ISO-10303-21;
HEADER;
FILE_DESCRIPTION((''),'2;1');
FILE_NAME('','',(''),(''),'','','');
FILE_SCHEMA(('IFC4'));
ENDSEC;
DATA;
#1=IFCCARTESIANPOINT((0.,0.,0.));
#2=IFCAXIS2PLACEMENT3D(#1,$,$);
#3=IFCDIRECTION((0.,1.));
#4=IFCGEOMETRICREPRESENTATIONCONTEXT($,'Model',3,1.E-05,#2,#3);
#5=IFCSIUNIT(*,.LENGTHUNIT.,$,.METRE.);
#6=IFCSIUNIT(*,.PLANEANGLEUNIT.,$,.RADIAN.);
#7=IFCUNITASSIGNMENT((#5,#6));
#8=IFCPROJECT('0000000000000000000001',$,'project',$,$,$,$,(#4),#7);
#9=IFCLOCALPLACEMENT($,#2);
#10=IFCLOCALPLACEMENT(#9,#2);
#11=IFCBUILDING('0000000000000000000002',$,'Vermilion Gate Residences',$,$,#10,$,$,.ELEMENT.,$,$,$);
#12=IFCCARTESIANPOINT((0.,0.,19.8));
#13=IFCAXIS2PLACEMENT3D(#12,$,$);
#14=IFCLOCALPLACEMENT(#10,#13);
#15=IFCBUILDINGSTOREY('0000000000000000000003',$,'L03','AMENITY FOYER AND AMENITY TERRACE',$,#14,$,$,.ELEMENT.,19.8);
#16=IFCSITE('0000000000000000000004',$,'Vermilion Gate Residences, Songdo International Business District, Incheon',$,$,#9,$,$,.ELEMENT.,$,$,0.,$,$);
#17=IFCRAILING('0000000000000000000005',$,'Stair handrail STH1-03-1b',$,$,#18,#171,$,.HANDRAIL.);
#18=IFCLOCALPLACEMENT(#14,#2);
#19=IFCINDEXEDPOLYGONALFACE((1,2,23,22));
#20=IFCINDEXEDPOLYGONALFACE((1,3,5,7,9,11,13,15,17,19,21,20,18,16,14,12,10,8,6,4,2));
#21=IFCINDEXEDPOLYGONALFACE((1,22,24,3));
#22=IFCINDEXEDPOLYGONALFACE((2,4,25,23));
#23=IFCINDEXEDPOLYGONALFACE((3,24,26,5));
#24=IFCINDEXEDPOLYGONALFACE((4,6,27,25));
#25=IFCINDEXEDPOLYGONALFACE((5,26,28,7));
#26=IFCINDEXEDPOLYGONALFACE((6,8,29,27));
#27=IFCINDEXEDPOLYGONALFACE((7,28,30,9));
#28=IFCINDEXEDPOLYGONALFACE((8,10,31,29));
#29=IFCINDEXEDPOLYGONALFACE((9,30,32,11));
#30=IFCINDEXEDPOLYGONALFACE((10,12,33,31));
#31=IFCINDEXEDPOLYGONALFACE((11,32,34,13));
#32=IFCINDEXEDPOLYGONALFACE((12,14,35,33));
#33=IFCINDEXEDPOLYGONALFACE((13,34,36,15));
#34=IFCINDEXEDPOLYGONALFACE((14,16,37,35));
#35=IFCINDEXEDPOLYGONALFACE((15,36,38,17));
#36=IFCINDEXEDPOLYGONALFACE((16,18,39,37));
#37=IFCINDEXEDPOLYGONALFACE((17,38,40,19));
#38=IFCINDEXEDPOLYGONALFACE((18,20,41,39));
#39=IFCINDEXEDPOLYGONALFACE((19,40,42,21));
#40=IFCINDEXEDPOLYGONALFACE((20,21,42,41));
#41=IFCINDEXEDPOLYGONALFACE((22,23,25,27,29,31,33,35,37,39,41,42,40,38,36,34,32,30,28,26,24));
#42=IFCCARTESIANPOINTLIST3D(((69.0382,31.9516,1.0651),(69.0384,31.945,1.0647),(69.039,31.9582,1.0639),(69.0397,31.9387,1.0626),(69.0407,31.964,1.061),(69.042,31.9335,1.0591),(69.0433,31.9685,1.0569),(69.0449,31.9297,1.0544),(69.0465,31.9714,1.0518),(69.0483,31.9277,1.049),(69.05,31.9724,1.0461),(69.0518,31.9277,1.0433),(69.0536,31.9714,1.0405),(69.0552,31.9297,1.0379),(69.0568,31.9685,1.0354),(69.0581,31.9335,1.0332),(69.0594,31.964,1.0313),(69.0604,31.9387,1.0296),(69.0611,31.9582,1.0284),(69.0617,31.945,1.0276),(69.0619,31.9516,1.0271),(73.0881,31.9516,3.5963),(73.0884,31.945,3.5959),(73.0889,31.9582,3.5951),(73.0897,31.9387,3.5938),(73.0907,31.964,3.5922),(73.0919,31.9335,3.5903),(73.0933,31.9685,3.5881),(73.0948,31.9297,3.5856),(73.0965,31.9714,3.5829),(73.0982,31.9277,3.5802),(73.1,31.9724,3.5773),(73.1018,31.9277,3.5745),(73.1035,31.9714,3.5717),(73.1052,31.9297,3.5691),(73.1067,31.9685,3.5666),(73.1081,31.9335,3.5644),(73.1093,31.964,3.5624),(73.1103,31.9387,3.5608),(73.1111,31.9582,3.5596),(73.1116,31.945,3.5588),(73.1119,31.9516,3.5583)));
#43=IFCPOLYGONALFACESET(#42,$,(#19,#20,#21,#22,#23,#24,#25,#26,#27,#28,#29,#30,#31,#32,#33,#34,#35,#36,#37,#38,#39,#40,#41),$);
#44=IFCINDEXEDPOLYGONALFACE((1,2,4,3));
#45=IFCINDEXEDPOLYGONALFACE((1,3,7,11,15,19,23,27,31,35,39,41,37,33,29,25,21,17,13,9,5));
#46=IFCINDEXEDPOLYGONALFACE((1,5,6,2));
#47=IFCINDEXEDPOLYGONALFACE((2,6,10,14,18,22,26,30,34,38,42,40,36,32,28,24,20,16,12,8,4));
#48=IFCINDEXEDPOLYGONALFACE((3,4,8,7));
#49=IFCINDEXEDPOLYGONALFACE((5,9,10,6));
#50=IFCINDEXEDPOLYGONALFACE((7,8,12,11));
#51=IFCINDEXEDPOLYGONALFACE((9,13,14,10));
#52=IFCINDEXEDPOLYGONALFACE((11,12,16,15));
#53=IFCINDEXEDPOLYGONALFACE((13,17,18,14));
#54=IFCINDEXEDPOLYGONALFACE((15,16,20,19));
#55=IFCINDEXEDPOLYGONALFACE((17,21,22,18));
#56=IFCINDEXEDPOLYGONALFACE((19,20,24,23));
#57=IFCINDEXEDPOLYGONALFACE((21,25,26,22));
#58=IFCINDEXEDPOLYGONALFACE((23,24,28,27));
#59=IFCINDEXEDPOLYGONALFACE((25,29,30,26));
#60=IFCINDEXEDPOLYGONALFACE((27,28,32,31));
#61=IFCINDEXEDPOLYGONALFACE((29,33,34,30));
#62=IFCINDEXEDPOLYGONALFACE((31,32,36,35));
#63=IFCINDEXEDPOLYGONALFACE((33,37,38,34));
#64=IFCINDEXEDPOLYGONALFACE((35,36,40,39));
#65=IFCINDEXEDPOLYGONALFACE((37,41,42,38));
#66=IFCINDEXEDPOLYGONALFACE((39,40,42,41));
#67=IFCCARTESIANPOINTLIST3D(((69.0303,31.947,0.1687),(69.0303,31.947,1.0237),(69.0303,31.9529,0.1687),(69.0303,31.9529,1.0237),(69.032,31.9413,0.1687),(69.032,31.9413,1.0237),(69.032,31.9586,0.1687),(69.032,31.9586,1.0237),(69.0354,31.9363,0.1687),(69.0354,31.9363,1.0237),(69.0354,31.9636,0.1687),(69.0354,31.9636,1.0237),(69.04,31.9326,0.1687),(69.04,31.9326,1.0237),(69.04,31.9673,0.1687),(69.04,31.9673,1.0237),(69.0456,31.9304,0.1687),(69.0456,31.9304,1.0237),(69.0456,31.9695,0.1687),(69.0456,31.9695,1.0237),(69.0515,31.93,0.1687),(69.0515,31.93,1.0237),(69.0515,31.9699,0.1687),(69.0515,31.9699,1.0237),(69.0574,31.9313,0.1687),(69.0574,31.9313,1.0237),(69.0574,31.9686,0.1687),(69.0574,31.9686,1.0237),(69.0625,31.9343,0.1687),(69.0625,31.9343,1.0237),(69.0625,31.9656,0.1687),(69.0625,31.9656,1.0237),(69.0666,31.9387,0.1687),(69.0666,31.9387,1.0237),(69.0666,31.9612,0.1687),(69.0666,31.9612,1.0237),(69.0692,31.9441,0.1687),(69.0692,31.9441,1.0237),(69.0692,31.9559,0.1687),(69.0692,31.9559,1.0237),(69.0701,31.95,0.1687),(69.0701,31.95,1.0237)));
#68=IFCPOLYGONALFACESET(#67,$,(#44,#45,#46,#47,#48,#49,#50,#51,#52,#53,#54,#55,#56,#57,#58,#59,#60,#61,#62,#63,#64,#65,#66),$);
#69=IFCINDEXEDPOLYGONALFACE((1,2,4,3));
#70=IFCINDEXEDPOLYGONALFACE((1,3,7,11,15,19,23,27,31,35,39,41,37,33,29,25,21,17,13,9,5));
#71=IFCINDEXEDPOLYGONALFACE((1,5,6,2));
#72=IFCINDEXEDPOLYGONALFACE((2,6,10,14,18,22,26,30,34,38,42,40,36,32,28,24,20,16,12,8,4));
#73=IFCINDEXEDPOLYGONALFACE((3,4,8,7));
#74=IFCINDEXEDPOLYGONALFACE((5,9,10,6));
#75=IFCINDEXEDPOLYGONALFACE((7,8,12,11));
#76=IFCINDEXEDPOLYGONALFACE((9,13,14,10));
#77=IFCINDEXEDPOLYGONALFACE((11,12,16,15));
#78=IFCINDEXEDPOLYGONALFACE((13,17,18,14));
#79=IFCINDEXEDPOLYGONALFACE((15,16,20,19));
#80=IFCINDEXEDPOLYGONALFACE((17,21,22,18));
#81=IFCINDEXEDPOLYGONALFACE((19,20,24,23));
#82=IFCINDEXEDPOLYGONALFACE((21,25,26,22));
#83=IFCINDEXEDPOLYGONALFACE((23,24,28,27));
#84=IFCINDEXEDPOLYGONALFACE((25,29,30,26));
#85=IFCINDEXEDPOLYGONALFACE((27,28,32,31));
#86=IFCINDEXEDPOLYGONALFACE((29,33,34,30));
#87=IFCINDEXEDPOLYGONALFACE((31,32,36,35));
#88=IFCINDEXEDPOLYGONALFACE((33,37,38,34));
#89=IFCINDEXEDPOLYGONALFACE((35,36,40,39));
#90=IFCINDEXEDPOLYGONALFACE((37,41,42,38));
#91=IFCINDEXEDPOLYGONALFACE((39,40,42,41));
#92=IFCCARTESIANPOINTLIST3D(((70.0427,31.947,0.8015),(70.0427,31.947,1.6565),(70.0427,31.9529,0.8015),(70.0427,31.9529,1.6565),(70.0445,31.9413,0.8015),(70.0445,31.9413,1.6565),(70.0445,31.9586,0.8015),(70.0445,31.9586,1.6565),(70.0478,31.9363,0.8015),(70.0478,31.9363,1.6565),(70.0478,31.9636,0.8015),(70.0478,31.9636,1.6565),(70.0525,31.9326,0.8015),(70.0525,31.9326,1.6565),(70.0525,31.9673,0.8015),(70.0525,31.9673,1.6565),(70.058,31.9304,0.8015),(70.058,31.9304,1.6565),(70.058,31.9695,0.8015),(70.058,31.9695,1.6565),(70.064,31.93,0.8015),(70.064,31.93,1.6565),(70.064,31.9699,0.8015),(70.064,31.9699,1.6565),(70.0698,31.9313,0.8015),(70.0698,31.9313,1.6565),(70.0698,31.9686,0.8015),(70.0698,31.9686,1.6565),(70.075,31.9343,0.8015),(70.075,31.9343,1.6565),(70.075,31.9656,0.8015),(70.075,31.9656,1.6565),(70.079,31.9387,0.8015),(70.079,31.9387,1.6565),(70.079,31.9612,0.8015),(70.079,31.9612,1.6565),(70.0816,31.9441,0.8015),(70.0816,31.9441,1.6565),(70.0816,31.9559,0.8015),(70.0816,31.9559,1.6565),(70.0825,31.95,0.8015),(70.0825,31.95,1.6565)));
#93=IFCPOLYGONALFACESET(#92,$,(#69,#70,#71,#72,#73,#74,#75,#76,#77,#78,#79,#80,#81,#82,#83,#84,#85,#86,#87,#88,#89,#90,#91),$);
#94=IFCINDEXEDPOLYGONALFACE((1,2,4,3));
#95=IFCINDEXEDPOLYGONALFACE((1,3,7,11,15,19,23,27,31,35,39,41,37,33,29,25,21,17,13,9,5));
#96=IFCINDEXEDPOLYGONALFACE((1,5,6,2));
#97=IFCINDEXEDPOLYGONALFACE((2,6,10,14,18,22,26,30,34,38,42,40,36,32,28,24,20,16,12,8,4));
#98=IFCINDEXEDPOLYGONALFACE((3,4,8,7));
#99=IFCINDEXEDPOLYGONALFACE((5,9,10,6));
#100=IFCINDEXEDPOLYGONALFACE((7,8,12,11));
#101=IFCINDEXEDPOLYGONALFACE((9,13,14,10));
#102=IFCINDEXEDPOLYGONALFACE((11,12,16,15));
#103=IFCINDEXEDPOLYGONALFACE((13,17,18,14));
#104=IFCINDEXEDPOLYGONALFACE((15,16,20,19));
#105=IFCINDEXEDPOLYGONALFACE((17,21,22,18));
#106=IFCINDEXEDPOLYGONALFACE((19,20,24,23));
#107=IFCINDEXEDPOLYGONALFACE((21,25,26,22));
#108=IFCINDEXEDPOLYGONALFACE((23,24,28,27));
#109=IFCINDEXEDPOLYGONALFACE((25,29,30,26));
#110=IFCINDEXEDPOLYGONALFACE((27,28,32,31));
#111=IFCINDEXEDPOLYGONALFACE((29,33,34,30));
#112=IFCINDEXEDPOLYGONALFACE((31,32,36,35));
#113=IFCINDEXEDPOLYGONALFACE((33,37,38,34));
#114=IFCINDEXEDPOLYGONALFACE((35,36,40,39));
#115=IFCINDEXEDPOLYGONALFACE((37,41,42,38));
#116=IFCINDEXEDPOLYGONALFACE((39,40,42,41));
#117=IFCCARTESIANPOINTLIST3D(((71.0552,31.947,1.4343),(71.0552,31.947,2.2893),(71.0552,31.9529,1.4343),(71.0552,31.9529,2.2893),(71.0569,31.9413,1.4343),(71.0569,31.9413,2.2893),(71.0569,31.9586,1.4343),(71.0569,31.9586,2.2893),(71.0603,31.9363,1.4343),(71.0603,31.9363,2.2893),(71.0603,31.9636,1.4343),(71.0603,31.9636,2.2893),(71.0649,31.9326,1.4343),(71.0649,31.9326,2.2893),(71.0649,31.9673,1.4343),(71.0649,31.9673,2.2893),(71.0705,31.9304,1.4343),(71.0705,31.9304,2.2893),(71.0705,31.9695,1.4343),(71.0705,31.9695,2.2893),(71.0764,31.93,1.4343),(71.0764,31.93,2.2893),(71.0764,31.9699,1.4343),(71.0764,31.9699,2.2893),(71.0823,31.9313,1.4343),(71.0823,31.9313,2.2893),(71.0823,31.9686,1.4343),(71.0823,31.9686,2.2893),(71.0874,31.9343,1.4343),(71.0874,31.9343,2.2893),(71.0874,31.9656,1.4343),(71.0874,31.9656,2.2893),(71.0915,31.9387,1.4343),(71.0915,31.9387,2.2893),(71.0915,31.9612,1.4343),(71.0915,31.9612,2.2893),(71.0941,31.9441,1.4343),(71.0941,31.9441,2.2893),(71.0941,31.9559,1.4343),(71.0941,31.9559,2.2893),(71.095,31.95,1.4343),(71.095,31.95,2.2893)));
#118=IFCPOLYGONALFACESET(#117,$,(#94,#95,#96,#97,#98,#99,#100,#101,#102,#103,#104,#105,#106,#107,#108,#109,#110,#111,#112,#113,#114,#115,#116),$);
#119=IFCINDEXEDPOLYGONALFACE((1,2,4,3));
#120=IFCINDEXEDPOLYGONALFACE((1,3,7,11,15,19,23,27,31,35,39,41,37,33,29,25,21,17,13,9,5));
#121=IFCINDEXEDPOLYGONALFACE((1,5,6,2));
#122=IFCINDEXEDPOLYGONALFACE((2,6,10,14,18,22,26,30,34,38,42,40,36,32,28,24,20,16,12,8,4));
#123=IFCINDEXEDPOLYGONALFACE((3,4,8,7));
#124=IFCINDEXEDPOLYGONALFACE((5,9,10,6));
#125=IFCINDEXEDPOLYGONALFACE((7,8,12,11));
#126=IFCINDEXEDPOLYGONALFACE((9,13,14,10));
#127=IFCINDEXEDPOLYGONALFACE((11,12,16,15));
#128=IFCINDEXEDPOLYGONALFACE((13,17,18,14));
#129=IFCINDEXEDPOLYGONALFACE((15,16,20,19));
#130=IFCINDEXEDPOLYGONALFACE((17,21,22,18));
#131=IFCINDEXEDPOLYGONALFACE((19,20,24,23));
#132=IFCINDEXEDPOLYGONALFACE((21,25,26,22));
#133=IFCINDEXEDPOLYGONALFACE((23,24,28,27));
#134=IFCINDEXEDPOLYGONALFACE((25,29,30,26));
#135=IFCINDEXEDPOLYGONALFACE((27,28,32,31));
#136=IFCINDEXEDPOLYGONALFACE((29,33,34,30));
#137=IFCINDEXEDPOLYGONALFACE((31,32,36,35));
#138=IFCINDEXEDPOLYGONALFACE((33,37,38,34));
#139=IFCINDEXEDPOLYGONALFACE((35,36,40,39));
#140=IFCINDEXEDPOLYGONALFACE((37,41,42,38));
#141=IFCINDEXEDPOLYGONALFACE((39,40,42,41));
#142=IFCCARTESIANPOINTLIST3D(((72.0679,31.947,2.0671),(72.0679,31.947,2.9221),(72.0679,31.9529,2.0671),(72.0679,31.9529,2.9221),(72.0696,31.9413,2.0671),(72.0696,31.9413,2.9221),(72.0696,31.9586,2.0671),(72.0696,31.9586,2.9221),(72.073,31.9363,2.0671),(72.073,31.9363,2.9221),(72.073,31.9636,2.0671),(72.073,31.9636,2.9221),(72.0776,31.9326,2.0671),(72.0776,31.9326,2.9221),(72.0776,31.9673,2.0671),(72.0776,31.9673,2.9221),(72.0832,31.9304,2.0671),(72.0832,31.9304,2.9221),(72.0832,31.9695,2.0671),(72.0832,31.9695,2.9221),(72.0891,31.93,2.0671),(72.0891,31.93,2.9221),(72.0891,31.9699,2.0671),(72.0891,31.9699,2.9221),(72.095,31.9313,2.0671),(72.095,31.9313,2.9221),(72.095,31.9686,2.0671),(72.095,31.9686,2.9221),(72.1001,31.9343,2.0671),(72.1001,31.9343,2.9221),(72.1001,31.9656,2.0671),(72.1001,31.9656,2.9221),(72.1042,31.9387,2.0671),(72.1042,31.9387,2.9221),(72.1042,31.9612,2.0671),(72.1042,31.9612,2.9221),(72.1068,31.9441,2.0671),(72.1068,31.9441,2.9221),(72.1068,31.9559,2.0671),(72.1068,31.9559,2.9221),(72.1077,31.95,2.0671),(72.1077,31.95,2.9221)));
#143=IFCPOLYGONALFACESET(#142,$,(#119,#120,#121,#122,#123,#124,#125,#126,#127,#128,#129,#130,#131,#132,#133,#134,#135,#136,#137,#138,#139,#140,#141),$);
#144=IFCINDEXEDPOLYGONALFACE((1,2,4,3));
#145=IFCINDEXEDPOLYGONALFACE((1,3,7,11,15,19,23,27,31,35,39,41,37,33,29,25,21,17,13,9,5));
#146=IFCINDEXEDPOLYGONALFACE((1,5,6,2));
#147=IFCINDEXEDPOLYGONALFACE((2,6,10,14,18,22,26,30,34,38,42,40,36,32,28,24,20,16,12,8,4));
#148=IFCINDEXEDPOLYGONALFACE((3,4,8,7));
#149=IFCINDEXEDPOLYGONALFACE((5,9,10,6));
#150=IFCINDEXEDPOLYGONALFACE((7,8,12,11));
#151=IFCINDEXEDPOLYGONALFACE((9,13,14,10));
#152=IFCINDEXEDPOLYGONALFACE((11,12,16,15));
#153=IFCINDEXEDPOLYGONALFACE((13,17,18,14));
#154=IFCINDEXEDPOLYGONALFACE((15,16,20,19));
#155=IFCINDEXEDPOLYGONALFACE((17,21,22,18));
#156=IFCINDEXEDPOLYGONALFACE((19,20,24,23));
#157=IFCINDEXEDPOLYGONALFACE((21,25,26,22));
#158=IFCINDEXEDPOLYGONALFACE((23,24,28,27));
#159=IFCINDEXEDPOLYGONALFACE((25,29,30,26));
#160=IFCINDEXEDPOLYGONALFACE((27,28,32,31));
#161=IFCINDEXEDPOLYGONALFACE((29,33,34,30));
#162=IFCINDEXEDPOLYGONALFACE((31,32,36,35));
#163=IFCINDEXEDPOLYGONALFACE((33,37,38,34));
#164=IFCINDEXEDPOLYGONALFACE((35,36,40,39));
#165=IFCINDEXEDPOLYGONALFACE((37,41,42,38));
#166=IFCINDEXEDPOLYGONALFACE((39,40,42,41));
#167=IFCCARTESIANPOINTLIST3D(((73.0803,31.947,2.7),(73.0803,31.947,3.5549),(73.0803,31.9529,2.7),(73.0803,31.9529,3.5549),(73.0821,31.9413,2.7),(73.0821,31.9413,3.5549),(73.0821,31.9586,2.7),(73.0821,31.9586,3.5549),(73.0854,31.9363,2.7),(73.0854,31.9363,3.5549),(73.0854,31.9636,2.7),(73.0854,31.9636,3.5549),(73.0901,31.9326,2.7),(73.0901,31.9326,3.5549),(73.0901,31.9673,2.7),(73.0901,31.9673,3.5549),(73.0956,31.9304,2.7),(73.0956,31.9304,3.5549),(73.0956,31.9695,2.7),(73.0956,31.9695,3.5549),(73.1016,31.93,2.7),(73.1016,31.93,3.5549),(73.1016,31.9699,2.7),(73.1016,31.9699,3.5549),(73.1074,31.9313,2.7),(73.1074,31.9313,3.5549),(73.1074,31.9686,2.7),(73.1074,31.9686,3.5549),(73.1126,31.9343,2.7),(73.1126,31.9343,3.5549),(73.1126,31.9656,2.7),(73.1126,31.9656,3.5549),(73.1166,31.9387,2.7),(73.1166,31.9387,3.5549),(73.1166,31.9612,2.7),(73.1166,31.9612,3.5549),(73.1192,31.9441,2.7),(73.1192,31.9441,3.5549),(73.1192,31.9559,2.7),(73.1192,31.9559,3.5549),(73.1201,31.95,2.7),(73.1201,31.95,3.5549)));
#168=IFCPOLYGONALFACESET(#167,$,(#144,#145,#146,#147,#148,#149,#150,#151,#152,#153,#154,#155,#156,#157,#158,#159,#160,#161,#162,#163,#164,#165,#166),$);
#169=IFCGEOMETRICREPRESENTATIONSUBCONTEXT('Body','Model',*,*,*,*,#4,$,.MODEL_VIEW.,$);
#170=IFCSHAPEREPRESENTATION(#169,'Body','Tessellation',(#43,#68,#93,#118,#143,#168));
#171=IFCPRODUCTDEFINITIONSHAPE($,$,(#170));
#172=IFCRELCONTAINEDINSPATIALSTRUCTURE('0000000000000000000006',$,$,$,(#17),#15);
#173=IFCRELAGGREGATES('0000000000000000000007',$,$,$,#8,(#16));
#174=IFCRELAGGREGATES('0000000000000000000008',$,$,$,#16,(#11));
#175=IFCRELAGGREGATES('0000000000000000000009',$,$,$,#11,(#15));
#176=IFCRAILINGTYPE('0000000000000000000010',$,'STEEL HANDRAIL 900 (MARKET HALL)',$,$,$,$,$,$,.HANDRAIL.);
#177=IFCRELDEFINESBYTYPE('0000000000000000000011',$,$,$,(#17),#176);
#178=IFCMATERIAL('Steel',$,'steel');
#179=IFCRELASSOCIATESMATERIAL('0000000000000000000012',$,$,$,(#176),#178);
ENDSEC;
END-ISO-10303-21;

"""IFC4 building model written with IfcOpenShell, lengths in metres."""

from ifc_helpers import new_model, si_unit, direction, frame, origin, origin_2d, place, context, subcontext, project, spatial, circle, extrude, material, type_object, element, save


model = new_model("IFC4")

# Units and contexts
model_context = context("Model", 3, precision=1e-05, world=origin(), true_north=direction((0.0, 1.0)))
body_context = subcontext(model_context, "Body", "Model", "MODEL_VIEW")
ifc_project = project(units=[si_unit("LENGTHUNIT", "METRE"), si_unit("PLANEANGLEUNIT", "RADIAN")], contexts=[model_context])

# Site, building, storey
site_placement = place(None, origin())
site = spatial("IfcSite", under=ifc_project, at=site_placement, Name="Vermilion Gate Residences, Songdo International Business District, Incheon", CompositionType="ELEMENT", RefElevation=0.0)
building_placement = place(site_placement, origin())
building = spatial("IfcBuilding", under=site, at=building_placement, Name="Vermilion Gate Residences", CompositionType="ELEMENT")
storey_placement = place(building_placement, frame((0.0, 0.0, 19.8)))
storey = spatial("IfcBuildingStorey", under=building, at=storey_placement, Name="L03", Description="AMENITY FOYER AND AMENITY TERRACE", CompositionType="ELEMENT", Elevation=19.8)

# Railing
ifc_material_1 = material(Name="Steel", Category="steel")
railing_type_1 = type_object("IfcRailingType", Name="STEEL HANDRAIL 900 (MARKET HALL)", PredefinedType="HANDRAIL", material=ifc_material_1)
for number, where, name in (
    (1, (69.05, 31.95, 0.1687), "Stair handrail STH1-03-1b"),
):
    element("IfcRailing", number, at=place(storey_placement, frame(where)), inside=storey, type_object=railing_type_1, Name=name, PredefinedType="HANDRAIL", context=body_context, shape_type="SweptSolid", body=[
        extrude(circle(Radius=0.0225, at=origin_2d()), frame((0.0, 0.0, 0.8774), z_axis=(0.848001, 0.0, 0.529994), x_axis=(0.0, 1.0, 0.0)), (0.0, 0.0, 1.0), 4.7759),
        extrude(circle(Radius=0.02, at=origin_2d()), origin(), (0.0, 0.0, 1.0), 0.855),
        extrude(circle(Radius=0.02, at=origin_2d()), frame((1.0125, 0.0, 0.6328)), (0.0, 0.0, 1.0), 0.855),
        extrude(circle(Radius=0.02, at=origin_2d()), frame((2.0249, 0.0, 1.2656)), (0.0, 0.0, 1.0), 0.855),
        extrude(circle(Radius=0.02, at=origin_2d()), frame((3.0376, 0.0, 1.8984)), (0.0, 0.0, 1.0), 0.855),
        extrude(circle(Radius=0.02, at=origin_2d()), frame((4.05, 0.0, 2.5312)), (0.0, 0.0, 1.0), 0.855),
    ])

save(model, "model.ifc")
